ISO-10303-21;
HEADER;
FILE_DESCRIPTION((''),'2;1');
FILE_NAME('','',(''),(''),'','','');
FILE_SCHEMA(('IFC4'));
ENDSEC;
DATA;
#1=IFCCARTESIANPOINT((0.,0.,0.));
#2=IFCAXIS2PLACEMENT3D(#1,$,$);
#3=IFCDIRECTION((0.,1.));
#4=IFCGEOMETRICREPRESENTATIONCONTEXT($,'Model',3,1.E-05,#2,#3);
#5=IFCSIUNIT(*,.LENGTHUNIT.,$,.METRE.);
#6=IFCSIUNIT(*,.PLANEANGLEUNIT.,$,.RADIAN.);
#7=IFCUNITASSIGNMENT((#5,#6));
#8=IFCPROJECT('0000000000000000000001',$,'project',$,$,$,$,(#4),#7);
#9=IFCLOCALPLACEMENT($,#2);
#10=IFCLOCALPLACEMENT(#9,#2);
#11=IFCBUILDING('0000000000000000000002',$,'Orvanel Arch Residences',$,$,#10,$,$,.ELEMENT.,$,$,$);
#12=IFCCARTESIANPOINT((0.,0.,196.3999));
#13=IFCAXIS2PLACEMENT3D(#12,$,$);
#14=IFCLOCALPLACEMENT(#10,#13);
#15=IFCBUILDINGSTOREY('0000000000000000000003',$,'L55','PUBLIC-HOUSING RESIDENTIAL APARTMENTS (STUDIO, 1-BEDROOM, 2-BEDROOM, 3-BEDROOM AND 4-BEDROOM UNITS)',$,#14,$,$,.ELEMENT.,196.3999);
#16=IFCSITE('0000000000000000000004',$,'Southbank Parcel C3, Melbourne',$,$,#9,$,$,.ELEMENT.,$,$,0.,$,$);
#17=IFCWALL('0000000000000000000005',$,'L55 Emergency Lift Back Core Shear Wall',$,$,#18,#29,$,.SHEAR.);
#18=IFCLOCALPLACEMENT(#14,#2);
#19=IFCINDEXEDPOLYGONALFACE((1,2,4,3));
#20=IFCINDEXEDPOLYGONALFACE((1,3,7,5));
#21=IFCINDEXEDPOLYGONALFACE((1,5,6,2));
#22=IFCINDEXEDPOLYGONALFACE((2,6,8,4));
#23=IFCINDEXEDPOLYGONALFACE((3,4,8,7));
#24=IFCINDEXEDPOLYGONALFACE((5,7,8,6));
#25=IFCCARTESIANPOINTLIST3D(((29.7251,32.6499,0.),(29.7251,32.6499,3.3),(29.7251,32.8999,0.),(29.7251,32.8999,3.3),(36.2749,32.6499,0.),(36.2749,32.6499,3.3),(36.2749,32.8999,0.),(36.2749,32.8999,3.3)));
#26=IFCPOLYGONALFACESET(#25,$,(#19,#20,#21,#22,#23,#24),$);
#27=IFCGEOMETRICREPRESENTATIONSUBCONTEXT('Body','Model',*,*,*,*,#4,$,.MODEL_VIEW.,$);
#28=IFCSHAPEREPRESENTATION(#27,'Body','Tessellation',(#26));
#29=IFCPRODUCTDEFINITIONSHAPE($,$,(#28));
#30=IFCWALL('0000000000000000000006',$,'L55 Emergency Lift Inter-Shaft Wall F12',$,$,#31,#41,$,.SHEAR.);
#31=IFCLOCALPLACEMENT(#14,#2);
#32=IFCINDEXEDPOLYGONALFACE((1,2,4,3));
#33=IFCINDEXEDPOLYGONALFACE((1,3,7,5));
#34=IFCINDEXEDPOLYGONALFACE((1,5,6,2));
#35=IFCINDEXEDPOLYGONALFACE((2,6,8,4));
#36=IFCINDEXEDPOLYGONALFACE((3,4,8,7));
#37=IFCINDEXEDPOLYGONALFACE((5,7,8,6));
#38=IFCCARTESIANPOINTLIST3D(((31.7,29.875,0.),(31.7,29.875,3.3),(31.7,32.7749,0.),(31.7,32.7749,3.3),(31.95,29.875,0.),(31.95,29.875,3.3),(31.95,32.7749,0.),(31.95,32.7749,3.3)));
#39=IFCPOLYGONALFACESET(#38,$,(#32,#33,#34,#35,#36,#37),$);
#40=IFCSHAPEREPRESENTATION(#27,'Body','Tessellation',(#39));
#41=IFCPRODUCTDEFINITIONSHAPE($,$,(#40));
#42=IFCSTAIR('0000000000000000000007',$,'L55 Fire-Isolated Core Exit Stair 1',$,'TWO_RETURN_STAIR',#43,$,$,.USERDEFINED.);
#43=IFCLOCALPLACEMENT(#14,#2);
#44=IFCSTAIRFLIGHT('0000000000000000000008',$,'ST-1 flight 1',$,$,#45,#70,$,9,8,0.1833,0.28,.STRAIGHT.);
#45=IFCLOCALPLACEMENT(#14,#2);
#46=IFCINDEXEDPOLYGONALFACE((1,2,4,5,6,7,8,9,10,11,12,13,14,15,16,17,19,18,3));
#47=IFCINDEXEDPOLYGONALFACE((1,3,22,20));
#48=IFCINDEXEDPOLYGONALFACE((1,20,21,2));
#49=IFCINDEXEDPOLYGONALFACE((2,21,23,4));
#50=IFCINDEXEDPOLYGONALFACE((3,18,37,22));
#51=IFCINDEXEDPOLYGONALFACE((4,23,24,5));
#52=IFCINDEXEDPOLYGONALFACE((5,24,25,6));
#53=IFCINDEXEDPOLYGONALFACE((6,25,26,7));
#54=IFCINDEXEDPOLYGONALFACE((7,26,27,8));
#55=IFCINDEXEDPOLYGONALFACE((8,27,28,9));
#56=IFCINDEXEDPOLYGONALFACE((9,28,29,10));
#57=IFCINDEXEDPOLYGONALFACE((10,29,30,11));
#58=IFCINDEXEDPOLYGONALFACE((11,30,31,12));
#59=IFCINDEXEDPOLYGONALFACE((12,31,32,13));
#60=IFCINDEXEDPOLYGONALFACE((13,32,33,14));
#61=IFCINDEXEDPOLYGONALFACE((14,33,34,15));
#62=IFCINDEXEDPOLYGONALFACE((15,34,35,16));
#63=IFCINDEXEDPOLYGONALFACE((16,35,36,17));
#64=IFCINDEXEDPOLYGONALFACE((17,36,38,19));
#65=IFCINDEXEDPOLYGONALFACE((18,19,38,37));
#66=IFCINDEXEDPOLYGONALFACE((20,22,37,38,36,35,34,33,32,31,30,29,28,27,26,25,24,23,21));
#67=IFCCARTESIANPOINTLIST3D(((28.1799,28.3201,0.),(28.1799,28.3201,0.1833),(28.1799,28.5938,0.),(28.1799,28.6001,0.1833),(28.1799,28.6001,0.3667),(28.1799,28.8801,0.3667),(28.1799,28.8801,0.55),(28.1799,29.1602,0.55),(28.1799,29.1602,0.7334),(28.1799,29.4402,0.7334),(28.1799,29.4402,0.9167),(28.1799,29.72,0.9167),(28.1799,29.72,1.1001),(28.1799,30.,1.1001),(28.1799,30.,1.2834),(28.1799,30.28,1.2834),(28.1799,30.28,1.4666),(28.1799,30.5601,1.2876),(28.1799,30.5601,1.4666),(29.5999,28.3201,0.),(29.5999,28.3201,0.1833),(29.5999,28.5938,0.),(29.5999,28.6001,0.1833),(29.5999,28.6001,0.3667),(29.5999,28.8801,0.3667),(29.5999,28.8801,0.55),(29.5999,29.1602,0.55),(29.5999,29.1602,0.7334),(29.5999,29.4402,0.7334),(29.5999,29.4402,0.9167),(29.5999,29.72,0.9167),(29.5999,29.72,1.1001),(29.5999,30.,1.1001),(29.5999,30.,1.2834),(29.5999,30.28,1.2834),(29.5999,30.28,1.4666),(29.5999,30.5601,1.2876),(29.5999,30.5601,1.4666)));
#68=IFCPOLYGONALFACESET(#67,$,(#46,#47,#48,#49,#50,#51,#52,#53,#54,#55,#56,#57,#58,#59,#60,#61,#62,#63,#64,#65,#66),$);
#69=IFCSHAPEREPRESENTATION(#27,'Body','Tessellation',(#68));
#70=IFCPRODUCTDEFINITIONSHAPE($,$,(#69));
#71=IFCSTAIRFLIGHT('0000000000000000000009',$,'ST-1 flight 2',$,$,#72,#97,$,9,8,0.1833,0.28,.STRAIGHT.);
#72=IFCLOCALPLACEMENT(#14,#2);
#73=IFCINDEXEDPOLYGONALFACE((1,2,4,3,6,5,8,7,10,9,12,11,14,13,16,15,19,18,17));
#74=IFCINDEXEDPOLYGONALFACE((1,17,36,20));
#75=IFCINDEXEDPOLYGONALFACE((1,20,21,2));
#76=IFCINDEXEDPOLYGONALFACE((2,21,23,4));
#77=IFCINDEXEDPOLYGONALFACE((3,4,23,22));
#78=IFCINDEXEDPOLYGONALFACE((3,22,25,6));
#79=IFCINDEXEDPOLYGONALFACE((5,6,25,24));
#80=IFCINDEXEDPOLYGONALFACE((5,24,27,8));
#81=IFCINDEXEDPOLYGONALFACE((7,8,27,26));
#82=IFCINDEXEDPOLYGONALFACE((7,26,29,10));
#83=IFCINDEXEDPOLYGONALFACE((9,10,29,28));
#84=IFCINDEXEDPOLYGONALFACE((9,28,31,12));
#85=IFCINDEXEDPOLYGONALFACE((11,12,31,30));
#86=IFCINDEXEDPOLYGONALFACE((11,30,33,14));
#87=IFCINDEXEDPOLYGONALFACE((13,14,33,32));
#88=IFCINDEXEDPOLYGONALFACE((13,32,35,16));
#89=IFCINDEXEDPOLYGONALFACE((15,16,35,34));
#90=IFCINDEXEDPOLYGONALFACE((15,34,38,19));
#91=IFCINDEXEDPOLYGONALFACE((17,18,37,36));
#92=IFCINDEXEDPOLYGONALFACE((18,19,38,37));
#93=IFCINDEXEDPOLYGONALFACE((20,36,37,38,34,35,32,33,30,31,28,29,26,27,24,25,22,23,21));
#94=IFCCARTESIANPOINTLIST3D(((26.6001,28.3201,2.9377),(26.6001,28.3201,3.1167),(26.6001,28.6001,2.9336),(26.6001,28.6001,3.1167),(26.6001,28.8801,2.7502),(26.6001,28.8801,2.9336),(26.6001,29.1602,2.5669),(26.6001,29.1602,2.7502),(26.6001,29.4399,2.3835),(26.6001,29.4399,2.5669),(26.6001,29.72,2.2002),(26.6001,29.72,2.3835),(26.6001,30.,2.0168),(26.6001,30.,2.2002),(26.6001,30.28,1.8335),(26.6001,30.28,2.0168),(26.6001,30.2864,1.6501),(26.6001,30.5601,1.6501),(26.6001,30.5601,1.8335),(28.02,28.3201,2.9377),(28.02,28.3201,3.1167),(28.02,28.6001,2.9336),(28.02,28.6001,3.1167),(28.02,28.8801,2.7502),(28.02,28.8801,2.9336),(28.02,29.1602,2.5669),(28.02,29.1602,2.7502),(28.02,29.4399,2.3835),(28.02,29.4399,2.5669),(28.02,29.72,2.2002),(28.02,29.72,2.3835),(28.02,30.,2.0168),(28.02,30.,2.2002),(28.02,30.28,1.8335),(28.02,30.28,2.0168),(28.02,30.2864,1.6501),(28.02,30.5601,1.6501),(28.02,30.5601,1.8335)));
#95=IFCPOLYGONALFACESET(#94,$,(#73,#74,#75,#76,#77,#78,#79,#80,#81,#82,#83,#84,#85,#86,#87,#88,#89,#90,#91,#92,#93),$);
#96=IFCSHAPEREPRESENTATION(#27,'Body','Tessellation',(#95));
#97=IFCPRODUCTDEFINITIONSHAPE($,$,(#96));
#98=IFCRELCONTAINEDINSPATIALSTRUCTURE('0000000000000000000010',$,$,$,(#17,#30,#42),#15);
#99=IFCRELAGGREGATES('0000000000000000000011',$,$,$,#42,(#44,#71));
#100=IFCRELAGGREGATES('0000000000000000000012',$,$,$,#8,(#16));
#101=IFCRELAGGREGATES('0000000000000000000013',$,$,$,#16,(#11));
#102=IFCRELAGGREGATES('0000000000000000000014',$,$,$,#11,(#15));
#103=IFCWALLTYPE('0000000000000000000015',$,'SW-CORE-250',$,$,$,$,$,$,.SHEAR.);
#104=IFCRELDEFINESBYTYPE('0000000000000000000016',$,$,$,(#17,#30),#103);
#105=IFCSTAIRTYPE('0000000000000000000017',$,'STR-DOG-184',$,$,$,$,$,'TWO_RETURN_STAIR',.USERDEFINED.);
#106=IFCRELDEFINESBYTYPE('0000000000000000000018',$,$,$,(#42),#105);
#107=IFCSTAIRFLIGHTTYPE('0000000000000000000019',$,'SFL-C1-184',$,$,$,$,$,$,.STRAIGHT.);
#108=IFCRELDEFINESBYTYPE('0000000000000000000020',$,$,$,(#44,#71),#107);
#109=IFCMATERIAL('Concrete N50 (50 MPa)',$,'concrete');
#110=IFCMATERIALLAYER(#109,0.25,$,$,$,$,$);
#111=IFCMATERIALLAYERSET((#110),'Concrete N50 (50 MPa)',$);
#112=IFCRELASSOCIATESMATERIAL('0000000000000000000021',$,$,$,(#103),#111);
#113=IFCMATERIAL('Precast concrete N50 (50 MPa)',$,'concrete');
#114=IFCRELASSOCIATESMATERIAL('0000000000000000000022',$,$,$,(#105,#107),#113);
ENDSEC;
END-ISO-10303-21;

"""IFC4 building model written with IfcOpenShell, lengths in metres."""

from ifc_helpers import new_model, si_unit, direction, frame, frame_2d, origin, place, context, subcontext, project, spatial, polyline, rectangle, outline, extrude, material, layer, layer_set, type_object, element, aggregate, save


model = new_model("IFC4")

# Units and contexts
model_context = context("Model", 3, precision=1e-05, world=origin(), true_north=direction((0.0, 1.0)))
body_context = subcontext(model_context, "Body", "Model", "MODEL_VIEW")
ifc_project = project(units=[si_unit("LENGTHUNIT", "METRE"), si_unit("PLANEANGLEUNIT", "RADIAN")], contexts=[model_context])

# Site, building, storey
site_placement = place(None, origin())
site = spatial("IfcSite", under=ifc_project, at=site_placement, Name="Southbank Parcel C3, Melbourne", CompositionType="ELEMENT", RefElevation=0.0)
building_placement = place(site_placement, origin())
building = spatial("IfcBuilding", under=site, at=building_placement, Name="Orvanel Arch Residences", CompositionType="ELEMENT")
storey_placement = place(building_placement, frame((0.0, 0.0, 196.3999)))
storey = spatial("IfcBuildingStorey", under=building, at=storey_placement, Name="L55", Description="PUBLIC-HOUSING RESIDENTIAL APARTMENTS (STUDIO, 1-BEDROOM, 2-BEDROOM, 3-BEDROOM AND 4-BEDROOM UNITS)", CompositionType="ELEMENT", Elevation=196.3999)

# Shared definitions
ifc_material_1 = material(Name="Concrete N50 (50 MPa)", Category="concrete")
ifc_layer = layer(ifc_material_1, 0.25)
ifc_layer_set = layer_set([ifc_layer], Name="Concrete N50 (50 MPa)")
wall_type = type_object("IfcWallType", Name="SW-CORE-250", PredefinedType="SHEAR", material=ifc_layer_set)

# Walls
wall_1_placement = place(storey_placement, frame((29.7251, 32.7749, 0.0), z_axis=(0.0, 0.0, 1.0), x_axis=(1.0, 0.0, 0.0)))
element("IfcWall", 1, at=wall_1_placement, inside=storey, type_object=wall_type, Name="L55 Emergency Lift Back Core Shear Wall", PredefinedType="SHEAR", context=body_context, shape_type="SweptSolid", body=[
    extrude(rectangle(XDim=6.5498, YDim=0.25, at=frame_2d((3.2749, 0.0))), origin(), (0.0, 0.0, 1.0), 3.3),
])
wall_2_placement = place(storey_placement, frame((31.825, 29.875, 0.0), z_axis=(0.0, 0.0, 1.0), x_axis=(0.0, 1.0, 0.0)))
element("IfcWall", 2, at=wall_2_placement, inside=storey, type_object=wall_type, Name="L55 Emergency Lift Inter-Shaft Wall F12", PredefinedType="SHEAR", context=body_context, shape_type="SweptSolid", body=[
    extrude(rectangle(XDim=2.8999, YDim=0.25, at=frame_2d((1.45, 0.0))), origin(), (0.0, 0.0, 1.0), 3.3),
])

# Stair, stair flights
ifc_material_2 = material(Name="Precast concrete N50 (50 MPa)", Category="concrete")
stair_type = type_object("IfcStairType", Name="STR-DOG-184", ElementType="TWO_RETURN_STAIR", PredefinedType="USERDEFINED", material=ifc_material_2)
stair_placement = place(storey_placement, origin())
stair = element("IfcStair", 3, at=stair_placement, inside=storey, type_object=stair_type, Name="L55 Fire-Isolated Core Exit Stair 1", ObjectType="TWO_RETURN_STAIR", PredefinedType="USERDEFINED")
stair_flight_type = type_object("IfcStairFlightType", Name="SFL-C1-184", PredefinedType="STRAIGHT", material=ifc_material_2)
stair_flight_1_placement = place(storey_placement, frame((28.8899, 28.3201, 0.0), z_axis=(0.0, 0.0, 1.0), x_axis=(0.0, 1.0, 0.0)))
stair_flight_1 = element("IfcStairFlight", 4, at=stair_flight_1_placement, type_object=stair_flight_type, Name="ST-1 flight 1", NumberOfRisers=9, NumberOfTreads=8, PredefinedType="STRAIGHT", RiserHeight=0.1833, TreadLength=0.28, context=body_context, shape_type="SweptSolid", body=[
    extrude(outline(polyline([(0.0, 0.0), (0.0, 0.1833), (0.28, 0.1833), (0.28, 0.3667), (0.5601, 0.3667), (0.5601, 0.55), (0.8401, 0.55), (0.8401, 0.7334), (1.1201, 0.7334), (1.1201, 0.9167), (1.3999, 0.9167), (1.3999, 1.1001), (1.6799, 1.1001), (1.6799, 1.2834), (1.96, 1.2834), (1.96, 1.4666), (2.24, 1.4666), (2.24, 1.6499), (2.24, 1.2876), (0.2737, 0.0), (0.0, 0.0)])), frame((0.0, 0.71, 0.0), z_axis=(0.0, -1.0, 0.0), x_axis=(1.0, 0.0, 0.0)), (0.0, 0.0, 1.0), 1.4199),
])
stair_flight_2_placement = place(storey_placement, frame((27.3101, 30.5601, 1.6501), z_axis=(0.0, 0.0, 1.0), x_axis=(0.0, -1.0, 0.0)))
stair_flight_2 = element("IfcStairFlight", 5, at=stair_flight_2_placement, type_object=stair_flight_type, Name="ST-1 flight 2", NumberOfRisers=9, NumberOfTreads=8, PredefinedType="STRAIGHT", RiserHeight=0.1833, TreadLength=0.28, context=body_context, shape_type="SweptSolid", body=[
    extrude(outline(polyline([(0.0, 0.0), (0.0, 0.1833), (0.28, 0.1833), (0.28, 0.3667), (0.5601, 0.3667), (0.5601, 0.55), (0.8401, 0.55), (0.8401, 0.7334), (1.1201, 0.7334), (1.1201, 0.9167), (1.3999, 0.9167), (1.3999, 1.1001), (1.6799, 1.1001), (1.6799, 1.2834), (1.96, 1.2834), (1.96, 1.4666), (2.24, 1.4666), (2.24, 1.6499), (2.24, 1.2876), (0.2737, 0.0), (0.0, 0.0)])), frame((0.0, 0.71, 0.0), z_axis=(0.0, -1.0, 0.0), x_axis=(1.0, 0.0, 0.0)), (0.0, 0.0, 1.0), 1.4199),
])
aggregate(stair, [stair_flight_1, stair_flight_2])

save(model, "model.ifc")
